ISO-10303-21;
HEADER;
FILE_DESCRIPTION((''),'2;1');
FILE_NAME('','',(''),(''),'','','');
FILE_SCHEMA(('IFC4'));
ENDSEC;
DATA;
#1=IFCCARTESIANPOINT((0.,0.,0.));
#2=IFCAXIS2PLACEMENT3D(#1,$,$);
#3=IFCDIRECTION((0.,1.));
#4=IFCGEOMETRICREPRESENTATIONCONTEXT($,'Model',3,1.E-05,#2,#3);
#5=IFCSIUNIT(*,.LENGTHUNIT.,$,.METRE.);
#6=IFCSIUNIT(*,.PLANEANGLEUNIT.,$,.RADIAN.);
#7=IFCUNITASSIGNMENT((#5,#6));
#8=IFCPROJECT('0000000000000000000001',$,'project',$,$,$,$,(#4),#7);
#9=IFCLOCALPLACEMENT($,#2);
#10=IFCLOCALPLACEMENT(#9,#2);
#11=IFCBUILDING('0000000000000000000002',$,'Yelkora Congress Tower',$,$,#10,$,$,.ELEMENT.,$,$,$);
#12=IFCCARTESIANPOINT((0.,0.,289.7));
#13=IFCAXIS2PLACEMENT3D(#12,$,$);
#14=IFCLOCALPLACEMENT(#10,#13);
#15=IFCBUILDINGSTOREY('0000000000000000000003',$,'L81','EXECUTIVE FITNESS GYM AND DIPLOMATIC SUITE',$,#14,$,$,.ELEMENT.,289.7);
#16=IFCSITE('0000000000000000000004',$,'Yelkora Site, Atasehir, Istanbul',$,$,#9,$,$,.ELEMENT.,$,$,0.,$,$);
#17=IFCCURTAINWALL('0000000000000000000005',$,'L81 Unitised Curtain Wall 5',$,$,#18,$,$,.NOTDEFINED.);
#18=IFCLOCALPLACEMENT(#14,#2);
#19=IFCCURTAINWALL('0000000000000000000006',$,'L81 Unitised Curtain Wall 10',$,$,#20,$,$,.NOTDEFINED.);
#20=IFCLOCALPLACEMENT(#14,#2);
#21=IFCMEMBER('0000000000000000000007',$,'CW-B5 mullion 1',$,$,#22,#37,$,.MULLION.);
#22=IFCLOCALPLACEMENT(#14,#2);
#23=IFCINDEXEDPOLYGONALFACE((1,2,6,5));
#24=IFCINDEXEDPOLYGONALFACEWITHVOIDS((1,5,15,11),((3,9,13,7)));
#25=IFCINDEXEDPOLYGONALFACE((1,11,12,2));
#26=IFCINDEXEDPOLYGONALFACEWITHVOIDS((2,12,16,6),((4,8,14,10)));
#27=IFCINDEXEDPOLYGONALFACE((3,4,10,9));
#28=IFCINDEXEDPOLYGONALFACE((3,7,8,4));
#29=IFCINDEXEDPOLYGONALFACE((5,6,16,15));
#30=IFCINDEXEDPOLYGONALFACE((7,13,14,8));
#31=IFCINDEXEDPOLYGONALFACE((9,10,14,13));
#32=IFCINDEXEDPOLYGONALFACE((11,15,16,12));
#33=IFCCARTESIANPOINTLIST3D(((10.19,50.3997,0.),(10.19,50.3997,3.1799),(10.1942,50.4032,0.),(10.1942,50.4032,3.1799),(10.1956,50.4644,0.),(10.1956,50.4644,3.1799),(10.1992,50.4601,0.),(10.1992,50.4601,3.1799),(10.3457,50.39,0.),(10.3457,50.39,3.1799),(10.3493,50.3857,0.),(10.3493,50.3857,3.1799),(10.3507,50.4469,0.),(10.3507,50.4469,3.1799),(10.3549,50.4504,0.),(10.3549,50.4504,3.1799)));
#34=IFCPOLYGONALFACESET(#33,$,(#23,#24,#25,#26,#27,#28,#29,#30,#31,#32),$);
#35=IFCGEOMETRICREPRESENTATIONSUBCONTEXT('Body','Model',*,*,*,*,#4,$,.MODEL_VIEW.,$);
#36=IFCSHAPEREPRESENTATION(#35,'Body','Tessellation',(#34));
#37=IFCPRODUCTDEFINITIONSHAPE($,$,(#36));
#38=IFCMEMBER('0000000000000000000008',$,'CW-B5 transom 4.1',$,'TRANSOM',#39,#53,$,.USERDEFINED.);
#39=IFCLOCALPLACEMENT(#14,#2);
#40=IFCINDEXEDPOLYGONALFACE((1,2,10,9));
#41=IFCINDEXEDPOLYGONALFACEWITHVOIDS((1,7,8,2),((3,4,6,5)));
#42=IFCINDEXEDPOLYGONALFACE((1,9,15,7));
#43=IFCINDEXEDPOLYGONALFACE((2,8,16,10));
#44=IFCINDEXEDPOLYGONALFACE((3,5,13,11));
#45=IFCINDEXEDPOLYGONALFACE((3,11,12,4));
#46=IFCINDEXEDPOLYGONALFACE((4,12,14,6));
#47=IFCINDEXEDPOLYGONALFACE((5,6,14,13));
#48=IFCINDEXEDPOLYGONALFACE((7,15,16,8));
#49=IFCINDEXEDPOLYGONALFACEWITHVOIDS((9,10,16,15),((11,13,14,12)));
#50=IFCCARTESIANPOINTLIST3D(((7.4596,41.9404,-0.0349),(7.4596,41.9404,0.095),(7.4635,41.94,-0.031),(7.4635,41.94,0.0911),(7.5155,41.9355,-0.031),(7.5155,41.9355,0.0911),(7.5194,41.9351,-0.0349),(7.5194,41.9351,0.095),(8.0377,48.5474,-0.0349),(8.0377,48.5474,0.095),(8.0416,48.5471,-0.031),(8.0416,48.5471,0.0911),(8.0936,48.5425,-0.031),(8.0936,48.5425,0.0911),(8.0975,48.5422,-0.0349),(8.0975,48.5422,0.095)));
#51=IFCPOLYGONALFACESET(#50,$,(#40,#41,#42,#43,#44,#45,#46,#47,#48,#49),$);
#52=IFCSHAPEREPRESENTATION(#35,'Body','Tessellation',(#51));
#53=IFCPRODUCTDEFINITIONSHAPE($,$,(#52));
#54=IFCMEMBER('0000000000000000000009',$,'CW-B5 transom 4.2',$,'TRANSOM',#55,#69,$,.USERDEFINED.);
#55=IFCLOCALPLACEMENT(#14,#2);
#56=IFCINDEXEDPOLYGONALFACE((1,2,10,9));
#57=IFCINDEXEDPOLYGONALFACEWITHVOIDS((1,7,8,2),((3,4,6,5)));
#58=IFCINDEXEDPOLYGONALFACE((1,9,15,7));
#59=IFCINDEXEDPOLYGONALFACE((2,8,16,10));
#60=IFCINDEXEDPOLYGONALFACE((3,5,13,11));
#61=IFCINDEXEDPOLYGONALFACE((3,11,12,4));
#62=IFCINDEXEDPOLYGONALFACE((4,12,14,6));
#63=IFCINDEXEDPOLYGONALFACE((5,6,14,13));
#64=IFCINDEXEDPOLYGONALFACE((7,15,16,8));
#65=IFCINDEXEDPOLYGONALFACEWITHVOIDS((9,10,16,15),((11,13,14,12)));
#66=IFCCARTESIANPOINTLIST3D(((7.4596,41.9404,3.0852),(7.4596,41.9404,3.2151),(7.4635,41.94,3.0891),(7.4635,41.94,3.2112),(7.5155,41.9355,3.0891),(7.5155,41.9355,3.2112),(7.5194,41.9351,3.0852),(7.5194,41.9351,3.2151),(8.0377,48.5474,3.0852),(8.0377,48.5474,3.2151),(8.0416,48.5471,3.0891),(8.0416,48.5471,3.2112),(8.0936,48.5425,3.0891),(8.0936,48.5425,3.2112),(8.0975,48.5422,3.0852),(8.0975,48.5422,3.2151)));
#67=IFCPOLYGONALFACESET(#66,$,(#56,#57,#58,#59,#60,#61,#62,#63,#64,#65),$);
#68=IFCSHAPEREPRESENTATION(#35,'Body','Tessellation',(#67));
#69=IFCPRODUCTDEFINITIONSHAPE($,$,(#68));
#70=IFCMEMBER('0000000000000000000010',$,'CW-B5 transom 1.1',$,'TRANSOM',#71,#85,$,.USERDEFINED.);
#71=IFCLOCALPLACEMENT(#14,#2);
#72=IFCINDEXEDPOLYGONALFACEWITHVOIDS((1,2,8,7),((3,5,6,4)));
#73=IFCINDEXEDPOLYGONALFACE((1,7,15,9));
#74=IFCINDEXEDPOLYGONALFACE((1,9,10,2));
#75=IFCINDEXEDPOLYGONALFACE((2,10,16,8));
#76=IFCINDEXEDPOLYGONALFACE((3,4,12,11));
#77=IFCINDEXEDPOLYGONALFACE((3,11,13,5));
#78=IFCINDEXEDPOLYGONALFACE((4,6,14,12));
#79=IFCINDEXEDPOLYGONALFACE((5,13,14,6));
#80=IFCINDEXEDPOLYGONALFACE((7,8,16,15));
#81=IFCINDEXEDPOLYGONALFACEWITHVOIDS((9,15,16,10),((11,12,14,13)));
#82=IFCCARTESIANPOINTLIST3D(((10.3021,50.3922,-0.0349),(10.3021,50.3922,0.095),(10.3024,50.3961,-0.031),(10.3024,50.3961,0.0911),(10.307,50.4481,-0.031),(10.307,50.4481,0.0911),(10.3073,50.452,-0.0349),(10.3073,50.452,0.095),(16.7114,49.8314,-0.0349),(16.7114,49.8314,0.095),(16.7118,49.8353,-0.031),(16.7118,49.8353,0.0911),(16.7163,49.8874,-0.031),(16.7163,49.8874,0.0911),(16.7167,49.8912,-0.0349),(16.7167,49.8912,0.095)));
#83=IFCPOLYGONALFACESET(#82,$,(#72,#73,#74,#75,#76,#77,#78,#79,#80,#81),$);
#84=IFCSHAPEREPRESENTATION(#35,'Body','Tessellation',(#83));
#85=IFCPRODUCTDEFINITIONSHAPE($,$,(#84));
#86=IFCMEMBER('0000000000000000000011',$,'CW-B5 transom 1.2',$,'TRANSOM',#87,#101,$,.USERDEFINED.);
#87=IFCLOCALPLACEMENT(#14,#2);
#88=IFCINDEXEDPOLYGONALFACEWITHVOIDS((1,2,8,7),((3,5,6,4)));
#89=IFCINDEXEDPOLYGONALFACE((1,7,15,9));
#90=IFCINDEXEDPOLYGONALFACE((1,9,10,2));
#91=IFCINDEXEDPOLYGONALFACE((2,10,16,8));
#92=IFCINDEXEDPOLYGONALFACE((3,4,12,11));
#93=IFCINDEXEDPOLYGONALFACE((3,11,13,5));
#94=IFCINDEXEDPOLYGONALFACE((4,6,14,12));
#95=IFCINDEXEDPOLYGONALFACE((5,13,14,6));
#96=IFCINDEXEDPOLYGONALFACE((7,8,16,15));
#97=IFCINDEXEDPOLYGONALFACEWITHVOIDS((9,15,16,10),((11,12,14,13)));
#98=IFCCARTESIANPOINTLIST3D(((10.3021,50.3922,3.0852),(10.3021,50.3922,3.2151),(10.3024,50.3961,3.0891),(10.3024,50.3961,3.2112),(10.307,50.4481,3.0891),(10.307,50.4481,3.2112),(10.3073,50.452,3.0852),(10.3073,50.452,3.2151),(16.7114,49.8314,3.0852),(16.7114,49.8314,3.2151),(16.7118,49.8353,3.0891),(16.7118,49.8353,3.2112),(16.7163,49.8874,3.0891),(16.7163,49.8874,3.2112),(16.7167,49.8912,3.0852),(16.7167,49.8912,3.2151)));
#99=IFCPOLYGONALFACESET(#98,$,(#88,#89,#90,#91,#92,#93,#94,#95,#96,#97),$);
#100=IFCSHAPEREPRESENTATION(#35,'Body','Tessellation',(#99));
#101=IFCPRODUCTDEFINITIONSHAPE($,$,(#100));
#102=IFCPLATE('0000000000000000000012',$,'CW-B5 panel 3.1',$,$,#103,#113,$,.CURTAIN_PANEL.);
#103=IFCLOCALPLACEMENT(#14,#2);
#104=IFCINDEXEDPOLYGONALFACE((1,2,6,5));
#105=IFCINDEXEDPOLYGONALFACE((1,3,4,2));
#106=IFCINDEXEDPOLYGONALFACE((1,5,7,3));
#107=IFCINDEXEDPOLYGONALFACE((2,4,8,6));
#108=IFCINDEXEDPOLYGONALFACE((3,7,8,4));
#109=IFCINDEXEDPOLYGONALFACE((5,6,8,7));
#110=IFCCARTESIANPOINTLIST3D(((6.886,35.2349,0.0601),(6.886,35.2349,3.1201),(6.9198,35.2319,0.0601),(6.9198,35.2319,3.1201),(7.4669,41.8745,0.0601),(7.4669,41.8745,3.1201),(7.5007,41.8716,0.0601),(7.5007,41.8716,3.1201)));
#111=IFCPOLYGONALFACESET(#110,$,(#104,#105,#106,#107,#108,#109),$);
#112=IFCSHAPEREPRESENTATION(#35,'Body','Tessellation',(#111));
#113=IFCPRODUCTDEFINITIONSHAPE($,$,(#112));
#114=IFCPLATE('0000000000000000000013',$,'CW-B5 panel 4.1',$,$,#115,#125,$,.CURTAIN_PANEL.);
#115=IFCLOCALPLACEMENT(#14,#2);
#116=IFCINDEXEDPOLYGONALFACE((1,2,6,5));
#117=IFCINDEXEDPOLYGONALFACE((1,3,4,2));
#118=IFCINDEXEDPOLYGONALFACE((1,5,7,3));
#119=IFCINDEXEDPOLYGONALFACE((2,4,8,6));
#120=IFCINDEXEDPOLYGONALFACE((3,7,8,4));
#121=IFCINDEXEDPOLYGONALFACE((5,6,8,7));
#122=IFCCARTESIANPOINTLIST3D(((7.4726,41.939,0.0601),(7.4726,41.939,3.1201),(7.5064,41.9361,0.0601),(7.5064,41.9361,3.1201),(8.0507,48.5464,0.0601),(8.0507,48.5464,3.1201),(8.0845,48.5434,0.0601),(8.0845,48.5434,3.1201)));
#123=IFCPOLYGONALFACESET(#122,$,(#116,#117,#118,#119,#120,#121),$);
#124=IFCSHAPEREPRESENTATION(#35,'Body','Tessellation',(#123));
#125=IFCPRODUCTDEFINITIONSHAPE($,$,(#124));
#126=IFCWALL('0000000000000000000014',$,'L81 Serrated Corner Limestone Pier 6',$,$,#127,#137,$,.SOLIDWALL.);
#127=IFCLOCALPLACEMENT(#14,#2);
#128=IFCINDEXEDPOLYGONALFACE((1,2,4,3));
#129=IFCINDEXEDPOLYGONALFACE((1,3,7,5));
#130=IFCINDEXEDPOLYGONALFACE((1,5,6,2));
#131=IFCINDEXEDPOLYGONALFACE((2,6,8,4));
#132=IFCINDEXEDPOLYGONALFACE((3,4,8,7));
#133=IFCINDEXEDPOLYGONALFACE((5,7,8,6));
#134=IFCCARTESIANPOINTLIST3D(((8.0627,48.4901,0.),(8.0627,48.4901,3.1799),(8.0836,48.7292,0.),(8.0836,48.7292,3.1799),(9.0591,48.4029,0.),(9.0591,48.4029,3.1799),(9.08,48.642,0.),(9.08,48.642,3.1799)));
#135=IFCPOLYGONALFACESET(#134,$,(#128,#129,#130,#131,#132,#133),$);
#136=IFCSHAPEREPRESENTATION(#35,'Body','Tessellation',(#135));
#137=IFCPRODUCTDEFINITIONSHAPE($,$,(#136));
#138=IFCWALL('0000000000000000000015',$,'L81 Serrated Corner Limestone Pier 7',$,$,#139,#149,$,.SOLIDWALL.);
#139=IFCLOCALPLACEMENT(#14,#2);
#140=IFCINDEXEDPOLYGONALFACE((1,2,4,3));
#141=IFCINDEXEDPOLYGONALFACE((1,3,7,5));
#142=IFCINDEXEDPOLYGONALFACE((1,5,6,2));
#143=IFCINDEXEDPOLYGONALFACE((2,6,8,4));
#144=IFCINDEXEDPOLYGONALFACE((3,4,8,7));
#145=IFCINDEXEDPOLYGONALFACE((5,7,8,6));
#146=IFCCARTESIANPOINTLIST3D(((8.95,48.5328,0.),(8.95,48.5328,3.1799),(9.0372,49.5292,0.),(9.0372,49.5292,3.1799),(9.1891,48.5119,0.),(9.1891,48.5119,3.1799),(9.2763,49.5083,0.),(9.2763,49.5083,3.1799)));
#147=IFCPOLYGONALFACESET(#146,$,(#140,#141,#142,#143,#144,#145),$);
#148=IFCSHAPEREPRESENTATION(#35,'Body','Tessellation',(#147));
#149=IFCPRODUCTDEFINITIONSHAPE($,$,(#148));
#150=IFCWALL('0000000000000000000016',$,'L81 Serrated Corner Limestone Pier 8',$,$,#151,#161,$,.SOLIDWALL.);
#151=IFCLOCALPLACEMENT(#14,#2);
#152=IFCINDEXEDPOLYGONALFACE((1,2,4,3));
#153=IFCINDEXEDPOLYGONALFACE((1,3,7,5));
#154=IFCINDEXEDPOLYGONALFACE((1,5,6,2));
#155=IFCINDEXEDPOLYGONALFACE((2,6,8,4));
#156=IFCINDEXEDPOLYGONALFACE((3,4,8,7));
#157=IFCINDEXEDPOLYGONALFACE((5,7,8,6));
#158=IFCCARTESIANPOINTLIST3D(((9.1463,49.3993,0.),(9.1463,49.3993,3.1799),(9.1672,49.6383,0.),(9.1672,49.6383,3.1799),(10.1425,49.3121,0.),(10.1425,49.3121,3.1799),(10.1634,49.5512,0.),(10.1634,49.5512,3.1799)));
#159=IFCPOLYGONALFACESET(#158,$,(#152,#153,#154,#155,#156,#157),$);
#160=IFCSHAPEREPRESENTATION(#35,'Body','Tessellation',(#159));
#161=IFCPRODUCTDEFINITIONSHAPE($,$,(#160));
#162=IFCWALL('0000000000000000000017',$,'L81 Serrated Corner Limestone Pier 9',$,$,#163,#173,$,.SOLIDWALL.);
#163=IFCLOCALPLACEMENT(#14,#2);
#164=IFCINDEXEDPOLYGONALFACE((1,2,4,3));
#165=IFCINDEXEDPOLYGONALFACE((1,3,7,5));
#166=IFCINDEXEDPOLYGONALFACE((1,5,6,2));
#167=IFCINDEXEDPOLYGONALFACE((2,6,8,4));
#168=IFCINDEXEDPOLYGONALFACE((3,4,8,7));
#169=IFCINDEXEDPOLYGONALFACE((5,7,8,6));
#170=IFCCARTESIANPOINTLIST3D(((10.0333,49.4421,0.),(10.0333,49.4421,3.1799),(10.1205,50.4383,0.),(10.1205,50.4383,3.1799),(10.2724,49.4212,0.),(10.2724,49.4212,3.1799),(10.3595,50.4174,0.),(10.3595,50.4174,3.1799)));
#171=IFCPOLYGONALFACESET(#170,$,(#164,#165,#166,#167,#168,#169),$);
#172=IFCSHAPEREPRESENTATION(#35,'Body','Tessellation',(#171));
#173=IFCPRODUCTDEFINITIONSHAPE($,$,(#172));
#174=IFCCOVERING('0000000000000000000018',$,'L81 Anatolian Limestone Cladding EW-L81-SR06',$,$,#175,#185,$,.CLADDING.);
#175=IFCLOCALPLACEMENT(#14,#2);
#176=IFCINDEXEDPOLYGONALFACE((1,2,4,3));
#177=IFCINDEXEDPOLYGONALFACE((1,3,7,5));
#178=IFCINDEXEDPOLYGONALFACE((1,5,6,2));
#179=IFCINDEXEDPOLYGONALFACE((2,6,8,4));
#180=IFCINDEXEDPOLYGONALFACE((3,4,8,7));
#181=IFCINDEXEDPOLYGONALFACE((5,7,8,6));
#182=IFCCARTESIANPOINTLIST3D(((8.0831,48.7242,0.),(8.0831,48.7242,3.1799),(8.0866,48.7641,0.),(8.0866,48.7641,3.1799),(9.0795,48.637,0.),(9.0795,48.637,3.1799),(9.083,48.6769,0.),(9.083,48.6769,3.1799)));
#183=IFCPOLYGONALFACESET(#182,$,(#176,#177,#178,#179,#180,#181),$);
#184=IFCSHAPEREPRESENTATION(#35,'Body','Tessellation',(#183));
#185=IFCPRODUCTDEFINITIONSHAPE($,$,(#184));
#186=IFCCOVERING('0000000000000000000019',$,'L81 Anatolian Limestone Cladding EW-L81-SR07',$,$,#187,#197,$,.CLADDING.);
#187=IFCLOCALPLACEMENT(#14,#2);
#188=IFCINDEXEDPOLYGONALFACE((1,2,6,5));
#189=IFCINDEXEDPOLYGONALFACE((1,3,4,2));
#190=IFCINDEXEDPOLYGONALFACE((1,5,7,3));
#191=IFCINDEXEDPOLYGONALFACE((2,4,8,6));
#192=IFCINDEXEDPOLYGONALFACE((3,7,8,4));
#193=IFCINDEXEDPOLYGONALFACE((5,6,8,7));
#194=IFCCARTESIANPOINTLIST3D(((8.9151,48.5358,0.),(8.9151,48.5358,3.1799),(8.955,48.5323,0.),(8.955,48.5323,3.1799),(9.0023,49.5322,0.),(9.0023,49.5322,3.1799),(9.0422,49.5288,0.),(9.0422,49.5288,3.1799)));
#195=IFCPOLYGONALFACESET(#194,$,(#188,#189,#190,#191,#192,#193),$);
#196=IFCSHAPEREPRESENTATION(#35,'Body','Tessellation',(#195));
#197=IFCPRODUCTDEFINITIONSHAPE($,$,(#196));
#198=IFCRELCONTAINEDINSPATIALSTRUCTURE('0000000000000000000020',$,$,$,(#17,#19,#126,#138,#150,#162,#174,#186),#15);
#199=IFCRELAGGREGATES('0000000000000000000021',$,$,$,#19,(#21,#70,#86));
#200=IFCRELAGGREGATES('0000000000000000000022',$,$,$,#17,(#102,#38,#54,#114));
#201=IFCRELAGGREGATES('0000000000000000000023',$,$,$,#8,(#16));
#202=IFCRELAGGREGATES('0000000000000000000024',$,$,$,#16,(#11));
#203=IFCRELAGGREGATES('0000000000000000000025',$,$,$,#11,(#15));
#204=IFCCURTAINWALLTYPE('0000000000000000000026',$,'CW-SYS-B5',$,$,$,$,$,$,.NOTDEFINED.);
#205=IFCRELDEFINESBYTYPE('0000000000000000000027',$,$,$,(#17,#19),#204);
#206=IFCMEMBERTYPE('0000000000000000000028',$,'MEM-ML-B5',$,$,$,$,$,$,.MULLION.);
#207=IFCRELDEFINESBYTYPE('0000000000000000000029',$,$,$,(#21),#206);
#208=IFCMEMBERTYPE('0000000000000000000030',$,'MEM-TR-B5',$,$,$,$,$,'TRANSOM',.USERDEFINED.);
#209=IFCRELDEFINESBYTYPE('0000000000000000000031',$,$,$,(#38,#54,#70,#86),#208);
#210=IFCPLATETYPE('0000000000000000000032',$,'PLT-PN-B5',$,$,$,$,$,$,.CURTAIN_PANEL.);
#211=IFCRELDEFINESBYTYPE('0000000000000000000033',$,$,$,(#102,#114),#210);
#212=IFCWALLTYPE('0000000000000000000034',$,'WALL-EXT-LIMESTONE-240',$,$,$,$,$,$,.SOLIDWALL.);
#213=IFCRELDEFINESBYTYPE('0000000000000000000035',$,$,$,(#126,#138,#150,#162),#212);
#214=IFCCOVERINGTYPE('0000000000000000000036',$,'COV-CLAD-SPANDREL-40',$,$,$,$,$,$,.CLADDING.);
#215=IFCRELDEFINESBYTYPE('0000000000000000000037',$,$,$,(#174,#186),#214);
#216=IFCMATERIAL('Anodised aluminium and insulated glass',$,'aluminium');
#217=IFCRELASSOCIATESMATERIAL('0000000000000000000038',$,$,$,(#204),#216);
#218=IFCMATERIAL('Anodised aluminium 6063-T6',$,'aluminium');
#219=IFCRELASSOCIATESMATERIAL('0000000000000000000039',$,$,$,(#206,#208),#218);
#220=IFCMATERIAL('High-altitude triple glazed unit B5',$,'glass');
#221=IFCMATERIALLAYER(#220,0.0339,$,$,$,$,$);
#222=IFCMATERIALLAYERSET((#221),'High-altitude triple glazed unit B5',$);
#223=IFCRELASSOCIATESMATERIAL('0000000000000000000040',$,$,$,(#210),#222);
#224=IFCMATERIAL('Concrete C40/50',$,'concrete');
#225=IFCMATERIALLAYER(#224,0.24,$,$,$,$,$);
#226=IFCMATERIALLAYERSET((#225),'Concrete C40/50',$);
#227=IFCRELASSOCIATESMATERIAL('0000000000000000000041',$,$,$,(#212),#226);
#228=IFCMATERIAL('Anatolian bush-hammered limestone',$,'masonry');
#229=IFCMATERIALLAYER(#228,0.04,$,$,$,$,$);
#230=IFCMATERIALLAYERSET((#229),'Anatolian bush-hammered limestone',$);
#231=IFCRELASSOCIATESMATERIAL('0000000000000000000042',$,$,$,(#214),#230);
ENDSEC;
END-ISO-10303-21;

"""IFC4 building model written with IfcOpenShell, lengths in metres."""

from ifc_helpers import new_model, si_unit, direction, frame, frame_2d, origin, origin_2d, place, context, subcontext, project, spatial, rectangle, hollow_rectangle, extrude, material, layer, layer_set, material_profile, profile_set, type_object, element, aggregate, save


model = new_model("IFC4")

# Units and contexts
model_context = context("Model", 3, precision=1e-05, world=origin(), true_north=direction((0.0, 1.0)))
body_context = subcontext(model_context, "Body", "Model", "MODEL_VIEW")
ifc_project = project(units=[si_unit("LENGTHUNIT", "METRE"), si_unit("PLANEANGLEUNIT", "RADIAN")], contexts=[model_context])

# Site, building, storey
site_placement = place(None, origin())
site = spatial("IfcSite", under=ifc_project, at=site_placement, Name="Yelkora Site, Atasehir, Istanbul", CompositionType="ELEMENT", RefElevation=0.0)
building_placement = place(site_placement, origin())
building = spatial("IfcBuilding", under=site, at=building_placement, Name="Yelkora Congress Tower", CompositionType="ELEMENT")
storey_placement = place(building_placement, frame((0.0, 0.0, 289.7)))
storey = spatial("IfcBuildingStorey", under=building, at=storey_placement, Name="L81", Description="EXECUTIVE FITNESS GYM AND DIPLOMATIC SUITE", CompositionType="ELEMENT", Elevation=289.7)

# Curtain wall
ifc_material_1 = material(Name="Anodised aluminium and insulated glass", Category="aluminium")
curtain_wall_type = type_object("IfcCurtainWallType", Name="CW-SYS-B5", PredefinedType="NOTDEFINED", material=ifc_material_1)
curtain_wall_1_placement = place(storey_placement, origin())
curtain_wall_1 = element("IfcCurtainWall", 1, at=curtain_wall_1_placement, inside=storey, type_object=curtain_wall_type, Name="L81 Unitised Curtain Wall 5", PredefinedType="NOTDEFINED")
ifc_material_2 = material(Name="Anodised aluminium 6063-T6", Category="aluminium")
ifc_material_profile_1 = material_profile(ifc_material_2, hollow_rectangle(XDim=0.0649, YDim=0.1599, WallThickness=0.0039, at=origin_2d()), Name="ALU 65x160x4")
ifc_profile_set_1 = profile_set([ifc_material_profile_1], Name="Anodised aluminium 6063-T6")
member_type_1 = type_object("IfcMemberType", Name="MEM-ML-B5", PredefinedType="MULLION", material=ifc_profile_set_1)

# Curtain wall, member
curtain_wall_2_placement = place(storey_placement, origin())
curtain_wall_2 = element("IfcCurtainWall", 2, at=curtain_wall_2_placement, inside=storey, type_object=curtain_wall_type, Name="L81 Unitised Curtain Wall 10", PredefinedType="NOTDEFINED")
member_1_placement = place(storey_placement, frame((10.2725, 50.425, 0.0), z_axis=(0.0, 0.0, 1.0), x_axis=(0.087157, 0.996195, 0.0)))
member_1 = element("IfcMember", 3, at=member_1_placement, type_object=member_type_1, Name="CW-B5 mullion 1", PredefinedType="MULLION", context=body_context, shape_type="SweptSolid", body=[
    extrude(hollow_rectangle(XDim=0.0649, YDim=0.1599, WallThickness=0.0039, at=origin_2d()), origin(), (0.0, 0.0, 1.0), 3.1799),
])

# Members
ifc_material_profile_2 = material_profile(ifc_material_2, hollow_rectangle(XDim=0.0601, YDim=0.1299, WallThickness=0.0039, at=origin_2d()), Name="ALU 60x130x4")
ifc_profile_set_2 = profile_set([ifc_material_profile_2], Name="Anodised aluminium 6063-T6")
member_type_2 = type_object("IfcMemberType", Name="MEM-TR-B5", ElementType="TRANSOM", PredefinedType="USERDEFINED", material=ifc_profile_set_2)
member_2_placement = place(storey_placement, frame((7.4895, 41.9377, 0.03), z_axis=(0.087166, 0.996194, 0.0), x_axis=(-0.996194, 0.087166, 0.0)))
member_2 = element("IfcMember", 4, at=member_2_placement, type_object=member_type_2, Name="CW-B5 transom 4.1", ObjectType="TRANSOM", PredefinedType="USERDEFINED", context=body_context, shape_type="SweptSolid", body=[
    extrude(hollow_rectangle(XDim=0.0601, YDim=0.1299, WallThickness=0.0039, at=origin_2d()), origin(), (0.0, 0.0, 1.0), 6.6323),
])
member_3_placement = place(storey_placement, frame((7.4895, 41.9377, 3.1501), z_axis=(0.087166, 0.996194, 0.0), x_axis=(-0.996194, 0.087166, 0.0)))
member_3 = element("IfcMember", 5, at=member_3_placement, type_object=member_type_2, Name="CW-B5 transom 4.2", ObjectType="TRANSOM", PredefinedType="USERDEFINED", context=body_context, shape_type="SweptSolid", body=[
    extrude(hollow_rectangle(XDim=0.0601, YDim=0.1299, WallThickness=0.0039, at=origin_2d()), origin(), (0.0, 0.0, 1.0), 6.6323),
])
member_4_placement = place(storey_placement, frame((10.3047, 50.4221, 0.03), z_axis=(0.996194, -0.087162, 0.0), x_axis=(0.087162, 0.996194, 0.0)))
member_4 = element("IfcMember", 6, at=member_4_placement, type_object=member_type_2, Name="CW-B5 transom 1.1", ObjectType="TRANSOM", PredefinedType="USERDEFINED", context=body_context, shape_type="SweptSolid", body=[
    extrude(hollow_rectangle(XDim=0.0601, YDim=0.1299, WallThickness=0.0039, at=origin_2d()), origin(), (0.0, 0.0, 1.0), 6.4338),
])
member_5_placement = place(storey_placement, frame((10.3047, 50.4221, 3.1501), z_axis=(0.996194, -0.087162, 0.0), x_axis=(0.087162, 0.996194, 0.0)))
member_5 = element("IfcMember", 7, at=member_5_placement, type_object=member_type_2, Name="CW-B5 transom 1.2", ObjectType="TRANSOM", PredefinedType="USERDEFINED", context=body_context, shape_type="SweptSolid", body=[
    extrude(hollow_rectangle(XDim=0.0601, YDim=0.1299, WallThickness=0.0039, at=origin_2d()), origin(), (0.0, 0.0, 1.0), 6.4338),
])
aggregate(curtain_wall_2, [member_1, member_4, member_5])

# Plates
ifc_material_3 = material(Name="High-altitude triple glazed unit B5", Category="glass")
ifc_layer_1 = layer(ifc_material_3, 0.0339)
ifc_layer_set_1 = layer_set([ifc_layer_1], Name="High-altitude triple glazed unit B5")
plate_type = type_object("IfcPlateType", Name="PLT-PN-B5", PredefinedType="CURTAIN_PANEL", material=ifc_layer_set_1)
plate_1_placement = place(storey_placement, frame((7.1934, 38.5532, 0.0601), z_axis=(0.0, 0.0, 1.0), x_axis=(0.087155, 0.996195, 0.0)))
plate_1 = element("IfcPlate", 8, at=plate_1_placement, type_object=plate_type, Name="CW-B5 panel 3.1", PredefinedType="CURTAIN_PANEL", context=body_context, shape_type="SweptSolid", body=[
    extrude(rectangle(XDim=6.665, YDim=0.0339, at=origin_2d()), origin(), (0.0, 0.0, 1.0), 3.0601),
])
plate_2_placement = place(storey_placement, frame((7.7786, 45.2412, 0.0601), z_axis=(0.0, 0.0, 1.0), x_axis=(0.087155, 0.996195, 0.0)))
plate_2 = element("IfcPlate", 9, at=plate_2_placement, type_object=plate_type, Name="CW-B5 panel 4.1", PredefinedType="CURTAIN_PANEL", context=body_context, shape_type="SweptSolid", body=[
    extrude(rectangle(XDim=6.6326, YDim=0.0339, at=origin_2d()), origin(), (0.0, 0.0, 1.0), 3.0601),
])
aggregate(curtain_wall_1, [plate_1, member_2, member_3, plate_2])

# Walls
ifc_material_4 = material(Name="Concrete C40/50", Category="concrete")
ifc_layer_2 = layer(ifc_material_4, 0.24)
ifc_layer_set_2 = layer_set([ifc_layer_2], Name="Concrete C40/50")
wall_type = type_object("IfcWallType", Name="WALL-EXT-LIMESTONE-240", PredefinedType="SOLIDWALL", material=ifc_layer_set_2)
for number, where, z_axis, x_axis, name in (
    (10, (8.0732, 48.6096, 0.0), (0.0, 0.0, 1.0), (0.996196, -0.087146, 0.0), "L81 Serrated Corner Limestone Pier 6"),
    (11, (9.0696, 48.5225, 0.0), (0.0, 0.0, 1.0), (0.087146, 0.996196, 0.0), "L81 Serrated Corner Limestone Pier 7"),
):
    element("IfcWall", number, at=place(storey_placement, frame(where, z_axis=z_axis, x_axis=x_axis)), inside=storey, type_object=wall_type, Name=name, PredefinedType="SOLIDWALL", context=body_context, shape_type="SweptSolid", body=[
        extrude(rectangle(XDim=1.0002, YDim=0.24, at=frame_2d((0.5, 0.0))), origin(), (0.0, 0.0, 1.0), 3.1799),
    ])
for number, where, z_axis, x_axis, name in (
    (12, (9.1567, 49.5188, 0.0), (0.0, 0.0, 1.0), (0.996194, -0.087167, 0.0), "L81 Serrated Corner Limestone Pier 8"),
    (13, (10.1528, 49.4316, 0.0), (0.0, 0.0, 1.0), (0.087167, 0.996194, 0.0), "L81 Serrated Corner Limestone Pier 9"),
):
    element("IfcWall", number, at=place(storey_placement, frame(where, z_axis=z_axis, x_axis=x_axis)), inside=storey, type_object=wall_type, Name=name, PredefinedType="SOLIDWALL", context=body_context, shape_type="SweptSolid", body=[
        extrude(rectangle(XDim=1.0, YDim=0.24, at=frame_2d((0.5, 0.0))), origin(), (0.0, 0.0, 1.0), 3.1799),
    ])

# Coverings
ifc_material_5 = material(Name="Anatolian bush-hammered limestone", Category="masonry")
ifc_layer_3 = layer(ifc_material_5, 0.04)
ifc_layer_set_3 = layer_set([ifc_layer_3], Name="Anatolian bush-hammered limestone")
covering_type = type_object("IfcCoveringType", Name="COV-CLAD-SPANDREL-40", PredefinedType="CLADDING", material=ifc_layer_set_3)
for number, where, z_axis, x_axis, name in (
    (14, (8.085, 48.7441, 0.0), (0.0, 0.0, 1.0), (0.996196, -0.087146, 0.0), "L81 Anatolian Limestone Cladding EW-L81-SR06"),
    (15, (8.9351, 48.5342, 0.0), (0.0, 0.0, 1.0), (0.087146, 0.996196, 0.0), "L81 Anatolian Limestone Cladding EW-L81-SR07"),
):
    element("IfcCovering", number, at=place(storey_placement, frame(where, z_axis=z_axis, x_axis=x_axis)), inside=storey, type_object=covering_type, Name=name, PredefinedType="CLADDING", context=body_context, shape_type="SweptSolid", body=[
        extrude(rectangle(XDim=1.0002, YDim=0.04, at=frame_2d((0.5, 0.0))), origin(), (0.0, 0.0, 1.0), 3.1799),
    ])

save(model, "model.ifc")
